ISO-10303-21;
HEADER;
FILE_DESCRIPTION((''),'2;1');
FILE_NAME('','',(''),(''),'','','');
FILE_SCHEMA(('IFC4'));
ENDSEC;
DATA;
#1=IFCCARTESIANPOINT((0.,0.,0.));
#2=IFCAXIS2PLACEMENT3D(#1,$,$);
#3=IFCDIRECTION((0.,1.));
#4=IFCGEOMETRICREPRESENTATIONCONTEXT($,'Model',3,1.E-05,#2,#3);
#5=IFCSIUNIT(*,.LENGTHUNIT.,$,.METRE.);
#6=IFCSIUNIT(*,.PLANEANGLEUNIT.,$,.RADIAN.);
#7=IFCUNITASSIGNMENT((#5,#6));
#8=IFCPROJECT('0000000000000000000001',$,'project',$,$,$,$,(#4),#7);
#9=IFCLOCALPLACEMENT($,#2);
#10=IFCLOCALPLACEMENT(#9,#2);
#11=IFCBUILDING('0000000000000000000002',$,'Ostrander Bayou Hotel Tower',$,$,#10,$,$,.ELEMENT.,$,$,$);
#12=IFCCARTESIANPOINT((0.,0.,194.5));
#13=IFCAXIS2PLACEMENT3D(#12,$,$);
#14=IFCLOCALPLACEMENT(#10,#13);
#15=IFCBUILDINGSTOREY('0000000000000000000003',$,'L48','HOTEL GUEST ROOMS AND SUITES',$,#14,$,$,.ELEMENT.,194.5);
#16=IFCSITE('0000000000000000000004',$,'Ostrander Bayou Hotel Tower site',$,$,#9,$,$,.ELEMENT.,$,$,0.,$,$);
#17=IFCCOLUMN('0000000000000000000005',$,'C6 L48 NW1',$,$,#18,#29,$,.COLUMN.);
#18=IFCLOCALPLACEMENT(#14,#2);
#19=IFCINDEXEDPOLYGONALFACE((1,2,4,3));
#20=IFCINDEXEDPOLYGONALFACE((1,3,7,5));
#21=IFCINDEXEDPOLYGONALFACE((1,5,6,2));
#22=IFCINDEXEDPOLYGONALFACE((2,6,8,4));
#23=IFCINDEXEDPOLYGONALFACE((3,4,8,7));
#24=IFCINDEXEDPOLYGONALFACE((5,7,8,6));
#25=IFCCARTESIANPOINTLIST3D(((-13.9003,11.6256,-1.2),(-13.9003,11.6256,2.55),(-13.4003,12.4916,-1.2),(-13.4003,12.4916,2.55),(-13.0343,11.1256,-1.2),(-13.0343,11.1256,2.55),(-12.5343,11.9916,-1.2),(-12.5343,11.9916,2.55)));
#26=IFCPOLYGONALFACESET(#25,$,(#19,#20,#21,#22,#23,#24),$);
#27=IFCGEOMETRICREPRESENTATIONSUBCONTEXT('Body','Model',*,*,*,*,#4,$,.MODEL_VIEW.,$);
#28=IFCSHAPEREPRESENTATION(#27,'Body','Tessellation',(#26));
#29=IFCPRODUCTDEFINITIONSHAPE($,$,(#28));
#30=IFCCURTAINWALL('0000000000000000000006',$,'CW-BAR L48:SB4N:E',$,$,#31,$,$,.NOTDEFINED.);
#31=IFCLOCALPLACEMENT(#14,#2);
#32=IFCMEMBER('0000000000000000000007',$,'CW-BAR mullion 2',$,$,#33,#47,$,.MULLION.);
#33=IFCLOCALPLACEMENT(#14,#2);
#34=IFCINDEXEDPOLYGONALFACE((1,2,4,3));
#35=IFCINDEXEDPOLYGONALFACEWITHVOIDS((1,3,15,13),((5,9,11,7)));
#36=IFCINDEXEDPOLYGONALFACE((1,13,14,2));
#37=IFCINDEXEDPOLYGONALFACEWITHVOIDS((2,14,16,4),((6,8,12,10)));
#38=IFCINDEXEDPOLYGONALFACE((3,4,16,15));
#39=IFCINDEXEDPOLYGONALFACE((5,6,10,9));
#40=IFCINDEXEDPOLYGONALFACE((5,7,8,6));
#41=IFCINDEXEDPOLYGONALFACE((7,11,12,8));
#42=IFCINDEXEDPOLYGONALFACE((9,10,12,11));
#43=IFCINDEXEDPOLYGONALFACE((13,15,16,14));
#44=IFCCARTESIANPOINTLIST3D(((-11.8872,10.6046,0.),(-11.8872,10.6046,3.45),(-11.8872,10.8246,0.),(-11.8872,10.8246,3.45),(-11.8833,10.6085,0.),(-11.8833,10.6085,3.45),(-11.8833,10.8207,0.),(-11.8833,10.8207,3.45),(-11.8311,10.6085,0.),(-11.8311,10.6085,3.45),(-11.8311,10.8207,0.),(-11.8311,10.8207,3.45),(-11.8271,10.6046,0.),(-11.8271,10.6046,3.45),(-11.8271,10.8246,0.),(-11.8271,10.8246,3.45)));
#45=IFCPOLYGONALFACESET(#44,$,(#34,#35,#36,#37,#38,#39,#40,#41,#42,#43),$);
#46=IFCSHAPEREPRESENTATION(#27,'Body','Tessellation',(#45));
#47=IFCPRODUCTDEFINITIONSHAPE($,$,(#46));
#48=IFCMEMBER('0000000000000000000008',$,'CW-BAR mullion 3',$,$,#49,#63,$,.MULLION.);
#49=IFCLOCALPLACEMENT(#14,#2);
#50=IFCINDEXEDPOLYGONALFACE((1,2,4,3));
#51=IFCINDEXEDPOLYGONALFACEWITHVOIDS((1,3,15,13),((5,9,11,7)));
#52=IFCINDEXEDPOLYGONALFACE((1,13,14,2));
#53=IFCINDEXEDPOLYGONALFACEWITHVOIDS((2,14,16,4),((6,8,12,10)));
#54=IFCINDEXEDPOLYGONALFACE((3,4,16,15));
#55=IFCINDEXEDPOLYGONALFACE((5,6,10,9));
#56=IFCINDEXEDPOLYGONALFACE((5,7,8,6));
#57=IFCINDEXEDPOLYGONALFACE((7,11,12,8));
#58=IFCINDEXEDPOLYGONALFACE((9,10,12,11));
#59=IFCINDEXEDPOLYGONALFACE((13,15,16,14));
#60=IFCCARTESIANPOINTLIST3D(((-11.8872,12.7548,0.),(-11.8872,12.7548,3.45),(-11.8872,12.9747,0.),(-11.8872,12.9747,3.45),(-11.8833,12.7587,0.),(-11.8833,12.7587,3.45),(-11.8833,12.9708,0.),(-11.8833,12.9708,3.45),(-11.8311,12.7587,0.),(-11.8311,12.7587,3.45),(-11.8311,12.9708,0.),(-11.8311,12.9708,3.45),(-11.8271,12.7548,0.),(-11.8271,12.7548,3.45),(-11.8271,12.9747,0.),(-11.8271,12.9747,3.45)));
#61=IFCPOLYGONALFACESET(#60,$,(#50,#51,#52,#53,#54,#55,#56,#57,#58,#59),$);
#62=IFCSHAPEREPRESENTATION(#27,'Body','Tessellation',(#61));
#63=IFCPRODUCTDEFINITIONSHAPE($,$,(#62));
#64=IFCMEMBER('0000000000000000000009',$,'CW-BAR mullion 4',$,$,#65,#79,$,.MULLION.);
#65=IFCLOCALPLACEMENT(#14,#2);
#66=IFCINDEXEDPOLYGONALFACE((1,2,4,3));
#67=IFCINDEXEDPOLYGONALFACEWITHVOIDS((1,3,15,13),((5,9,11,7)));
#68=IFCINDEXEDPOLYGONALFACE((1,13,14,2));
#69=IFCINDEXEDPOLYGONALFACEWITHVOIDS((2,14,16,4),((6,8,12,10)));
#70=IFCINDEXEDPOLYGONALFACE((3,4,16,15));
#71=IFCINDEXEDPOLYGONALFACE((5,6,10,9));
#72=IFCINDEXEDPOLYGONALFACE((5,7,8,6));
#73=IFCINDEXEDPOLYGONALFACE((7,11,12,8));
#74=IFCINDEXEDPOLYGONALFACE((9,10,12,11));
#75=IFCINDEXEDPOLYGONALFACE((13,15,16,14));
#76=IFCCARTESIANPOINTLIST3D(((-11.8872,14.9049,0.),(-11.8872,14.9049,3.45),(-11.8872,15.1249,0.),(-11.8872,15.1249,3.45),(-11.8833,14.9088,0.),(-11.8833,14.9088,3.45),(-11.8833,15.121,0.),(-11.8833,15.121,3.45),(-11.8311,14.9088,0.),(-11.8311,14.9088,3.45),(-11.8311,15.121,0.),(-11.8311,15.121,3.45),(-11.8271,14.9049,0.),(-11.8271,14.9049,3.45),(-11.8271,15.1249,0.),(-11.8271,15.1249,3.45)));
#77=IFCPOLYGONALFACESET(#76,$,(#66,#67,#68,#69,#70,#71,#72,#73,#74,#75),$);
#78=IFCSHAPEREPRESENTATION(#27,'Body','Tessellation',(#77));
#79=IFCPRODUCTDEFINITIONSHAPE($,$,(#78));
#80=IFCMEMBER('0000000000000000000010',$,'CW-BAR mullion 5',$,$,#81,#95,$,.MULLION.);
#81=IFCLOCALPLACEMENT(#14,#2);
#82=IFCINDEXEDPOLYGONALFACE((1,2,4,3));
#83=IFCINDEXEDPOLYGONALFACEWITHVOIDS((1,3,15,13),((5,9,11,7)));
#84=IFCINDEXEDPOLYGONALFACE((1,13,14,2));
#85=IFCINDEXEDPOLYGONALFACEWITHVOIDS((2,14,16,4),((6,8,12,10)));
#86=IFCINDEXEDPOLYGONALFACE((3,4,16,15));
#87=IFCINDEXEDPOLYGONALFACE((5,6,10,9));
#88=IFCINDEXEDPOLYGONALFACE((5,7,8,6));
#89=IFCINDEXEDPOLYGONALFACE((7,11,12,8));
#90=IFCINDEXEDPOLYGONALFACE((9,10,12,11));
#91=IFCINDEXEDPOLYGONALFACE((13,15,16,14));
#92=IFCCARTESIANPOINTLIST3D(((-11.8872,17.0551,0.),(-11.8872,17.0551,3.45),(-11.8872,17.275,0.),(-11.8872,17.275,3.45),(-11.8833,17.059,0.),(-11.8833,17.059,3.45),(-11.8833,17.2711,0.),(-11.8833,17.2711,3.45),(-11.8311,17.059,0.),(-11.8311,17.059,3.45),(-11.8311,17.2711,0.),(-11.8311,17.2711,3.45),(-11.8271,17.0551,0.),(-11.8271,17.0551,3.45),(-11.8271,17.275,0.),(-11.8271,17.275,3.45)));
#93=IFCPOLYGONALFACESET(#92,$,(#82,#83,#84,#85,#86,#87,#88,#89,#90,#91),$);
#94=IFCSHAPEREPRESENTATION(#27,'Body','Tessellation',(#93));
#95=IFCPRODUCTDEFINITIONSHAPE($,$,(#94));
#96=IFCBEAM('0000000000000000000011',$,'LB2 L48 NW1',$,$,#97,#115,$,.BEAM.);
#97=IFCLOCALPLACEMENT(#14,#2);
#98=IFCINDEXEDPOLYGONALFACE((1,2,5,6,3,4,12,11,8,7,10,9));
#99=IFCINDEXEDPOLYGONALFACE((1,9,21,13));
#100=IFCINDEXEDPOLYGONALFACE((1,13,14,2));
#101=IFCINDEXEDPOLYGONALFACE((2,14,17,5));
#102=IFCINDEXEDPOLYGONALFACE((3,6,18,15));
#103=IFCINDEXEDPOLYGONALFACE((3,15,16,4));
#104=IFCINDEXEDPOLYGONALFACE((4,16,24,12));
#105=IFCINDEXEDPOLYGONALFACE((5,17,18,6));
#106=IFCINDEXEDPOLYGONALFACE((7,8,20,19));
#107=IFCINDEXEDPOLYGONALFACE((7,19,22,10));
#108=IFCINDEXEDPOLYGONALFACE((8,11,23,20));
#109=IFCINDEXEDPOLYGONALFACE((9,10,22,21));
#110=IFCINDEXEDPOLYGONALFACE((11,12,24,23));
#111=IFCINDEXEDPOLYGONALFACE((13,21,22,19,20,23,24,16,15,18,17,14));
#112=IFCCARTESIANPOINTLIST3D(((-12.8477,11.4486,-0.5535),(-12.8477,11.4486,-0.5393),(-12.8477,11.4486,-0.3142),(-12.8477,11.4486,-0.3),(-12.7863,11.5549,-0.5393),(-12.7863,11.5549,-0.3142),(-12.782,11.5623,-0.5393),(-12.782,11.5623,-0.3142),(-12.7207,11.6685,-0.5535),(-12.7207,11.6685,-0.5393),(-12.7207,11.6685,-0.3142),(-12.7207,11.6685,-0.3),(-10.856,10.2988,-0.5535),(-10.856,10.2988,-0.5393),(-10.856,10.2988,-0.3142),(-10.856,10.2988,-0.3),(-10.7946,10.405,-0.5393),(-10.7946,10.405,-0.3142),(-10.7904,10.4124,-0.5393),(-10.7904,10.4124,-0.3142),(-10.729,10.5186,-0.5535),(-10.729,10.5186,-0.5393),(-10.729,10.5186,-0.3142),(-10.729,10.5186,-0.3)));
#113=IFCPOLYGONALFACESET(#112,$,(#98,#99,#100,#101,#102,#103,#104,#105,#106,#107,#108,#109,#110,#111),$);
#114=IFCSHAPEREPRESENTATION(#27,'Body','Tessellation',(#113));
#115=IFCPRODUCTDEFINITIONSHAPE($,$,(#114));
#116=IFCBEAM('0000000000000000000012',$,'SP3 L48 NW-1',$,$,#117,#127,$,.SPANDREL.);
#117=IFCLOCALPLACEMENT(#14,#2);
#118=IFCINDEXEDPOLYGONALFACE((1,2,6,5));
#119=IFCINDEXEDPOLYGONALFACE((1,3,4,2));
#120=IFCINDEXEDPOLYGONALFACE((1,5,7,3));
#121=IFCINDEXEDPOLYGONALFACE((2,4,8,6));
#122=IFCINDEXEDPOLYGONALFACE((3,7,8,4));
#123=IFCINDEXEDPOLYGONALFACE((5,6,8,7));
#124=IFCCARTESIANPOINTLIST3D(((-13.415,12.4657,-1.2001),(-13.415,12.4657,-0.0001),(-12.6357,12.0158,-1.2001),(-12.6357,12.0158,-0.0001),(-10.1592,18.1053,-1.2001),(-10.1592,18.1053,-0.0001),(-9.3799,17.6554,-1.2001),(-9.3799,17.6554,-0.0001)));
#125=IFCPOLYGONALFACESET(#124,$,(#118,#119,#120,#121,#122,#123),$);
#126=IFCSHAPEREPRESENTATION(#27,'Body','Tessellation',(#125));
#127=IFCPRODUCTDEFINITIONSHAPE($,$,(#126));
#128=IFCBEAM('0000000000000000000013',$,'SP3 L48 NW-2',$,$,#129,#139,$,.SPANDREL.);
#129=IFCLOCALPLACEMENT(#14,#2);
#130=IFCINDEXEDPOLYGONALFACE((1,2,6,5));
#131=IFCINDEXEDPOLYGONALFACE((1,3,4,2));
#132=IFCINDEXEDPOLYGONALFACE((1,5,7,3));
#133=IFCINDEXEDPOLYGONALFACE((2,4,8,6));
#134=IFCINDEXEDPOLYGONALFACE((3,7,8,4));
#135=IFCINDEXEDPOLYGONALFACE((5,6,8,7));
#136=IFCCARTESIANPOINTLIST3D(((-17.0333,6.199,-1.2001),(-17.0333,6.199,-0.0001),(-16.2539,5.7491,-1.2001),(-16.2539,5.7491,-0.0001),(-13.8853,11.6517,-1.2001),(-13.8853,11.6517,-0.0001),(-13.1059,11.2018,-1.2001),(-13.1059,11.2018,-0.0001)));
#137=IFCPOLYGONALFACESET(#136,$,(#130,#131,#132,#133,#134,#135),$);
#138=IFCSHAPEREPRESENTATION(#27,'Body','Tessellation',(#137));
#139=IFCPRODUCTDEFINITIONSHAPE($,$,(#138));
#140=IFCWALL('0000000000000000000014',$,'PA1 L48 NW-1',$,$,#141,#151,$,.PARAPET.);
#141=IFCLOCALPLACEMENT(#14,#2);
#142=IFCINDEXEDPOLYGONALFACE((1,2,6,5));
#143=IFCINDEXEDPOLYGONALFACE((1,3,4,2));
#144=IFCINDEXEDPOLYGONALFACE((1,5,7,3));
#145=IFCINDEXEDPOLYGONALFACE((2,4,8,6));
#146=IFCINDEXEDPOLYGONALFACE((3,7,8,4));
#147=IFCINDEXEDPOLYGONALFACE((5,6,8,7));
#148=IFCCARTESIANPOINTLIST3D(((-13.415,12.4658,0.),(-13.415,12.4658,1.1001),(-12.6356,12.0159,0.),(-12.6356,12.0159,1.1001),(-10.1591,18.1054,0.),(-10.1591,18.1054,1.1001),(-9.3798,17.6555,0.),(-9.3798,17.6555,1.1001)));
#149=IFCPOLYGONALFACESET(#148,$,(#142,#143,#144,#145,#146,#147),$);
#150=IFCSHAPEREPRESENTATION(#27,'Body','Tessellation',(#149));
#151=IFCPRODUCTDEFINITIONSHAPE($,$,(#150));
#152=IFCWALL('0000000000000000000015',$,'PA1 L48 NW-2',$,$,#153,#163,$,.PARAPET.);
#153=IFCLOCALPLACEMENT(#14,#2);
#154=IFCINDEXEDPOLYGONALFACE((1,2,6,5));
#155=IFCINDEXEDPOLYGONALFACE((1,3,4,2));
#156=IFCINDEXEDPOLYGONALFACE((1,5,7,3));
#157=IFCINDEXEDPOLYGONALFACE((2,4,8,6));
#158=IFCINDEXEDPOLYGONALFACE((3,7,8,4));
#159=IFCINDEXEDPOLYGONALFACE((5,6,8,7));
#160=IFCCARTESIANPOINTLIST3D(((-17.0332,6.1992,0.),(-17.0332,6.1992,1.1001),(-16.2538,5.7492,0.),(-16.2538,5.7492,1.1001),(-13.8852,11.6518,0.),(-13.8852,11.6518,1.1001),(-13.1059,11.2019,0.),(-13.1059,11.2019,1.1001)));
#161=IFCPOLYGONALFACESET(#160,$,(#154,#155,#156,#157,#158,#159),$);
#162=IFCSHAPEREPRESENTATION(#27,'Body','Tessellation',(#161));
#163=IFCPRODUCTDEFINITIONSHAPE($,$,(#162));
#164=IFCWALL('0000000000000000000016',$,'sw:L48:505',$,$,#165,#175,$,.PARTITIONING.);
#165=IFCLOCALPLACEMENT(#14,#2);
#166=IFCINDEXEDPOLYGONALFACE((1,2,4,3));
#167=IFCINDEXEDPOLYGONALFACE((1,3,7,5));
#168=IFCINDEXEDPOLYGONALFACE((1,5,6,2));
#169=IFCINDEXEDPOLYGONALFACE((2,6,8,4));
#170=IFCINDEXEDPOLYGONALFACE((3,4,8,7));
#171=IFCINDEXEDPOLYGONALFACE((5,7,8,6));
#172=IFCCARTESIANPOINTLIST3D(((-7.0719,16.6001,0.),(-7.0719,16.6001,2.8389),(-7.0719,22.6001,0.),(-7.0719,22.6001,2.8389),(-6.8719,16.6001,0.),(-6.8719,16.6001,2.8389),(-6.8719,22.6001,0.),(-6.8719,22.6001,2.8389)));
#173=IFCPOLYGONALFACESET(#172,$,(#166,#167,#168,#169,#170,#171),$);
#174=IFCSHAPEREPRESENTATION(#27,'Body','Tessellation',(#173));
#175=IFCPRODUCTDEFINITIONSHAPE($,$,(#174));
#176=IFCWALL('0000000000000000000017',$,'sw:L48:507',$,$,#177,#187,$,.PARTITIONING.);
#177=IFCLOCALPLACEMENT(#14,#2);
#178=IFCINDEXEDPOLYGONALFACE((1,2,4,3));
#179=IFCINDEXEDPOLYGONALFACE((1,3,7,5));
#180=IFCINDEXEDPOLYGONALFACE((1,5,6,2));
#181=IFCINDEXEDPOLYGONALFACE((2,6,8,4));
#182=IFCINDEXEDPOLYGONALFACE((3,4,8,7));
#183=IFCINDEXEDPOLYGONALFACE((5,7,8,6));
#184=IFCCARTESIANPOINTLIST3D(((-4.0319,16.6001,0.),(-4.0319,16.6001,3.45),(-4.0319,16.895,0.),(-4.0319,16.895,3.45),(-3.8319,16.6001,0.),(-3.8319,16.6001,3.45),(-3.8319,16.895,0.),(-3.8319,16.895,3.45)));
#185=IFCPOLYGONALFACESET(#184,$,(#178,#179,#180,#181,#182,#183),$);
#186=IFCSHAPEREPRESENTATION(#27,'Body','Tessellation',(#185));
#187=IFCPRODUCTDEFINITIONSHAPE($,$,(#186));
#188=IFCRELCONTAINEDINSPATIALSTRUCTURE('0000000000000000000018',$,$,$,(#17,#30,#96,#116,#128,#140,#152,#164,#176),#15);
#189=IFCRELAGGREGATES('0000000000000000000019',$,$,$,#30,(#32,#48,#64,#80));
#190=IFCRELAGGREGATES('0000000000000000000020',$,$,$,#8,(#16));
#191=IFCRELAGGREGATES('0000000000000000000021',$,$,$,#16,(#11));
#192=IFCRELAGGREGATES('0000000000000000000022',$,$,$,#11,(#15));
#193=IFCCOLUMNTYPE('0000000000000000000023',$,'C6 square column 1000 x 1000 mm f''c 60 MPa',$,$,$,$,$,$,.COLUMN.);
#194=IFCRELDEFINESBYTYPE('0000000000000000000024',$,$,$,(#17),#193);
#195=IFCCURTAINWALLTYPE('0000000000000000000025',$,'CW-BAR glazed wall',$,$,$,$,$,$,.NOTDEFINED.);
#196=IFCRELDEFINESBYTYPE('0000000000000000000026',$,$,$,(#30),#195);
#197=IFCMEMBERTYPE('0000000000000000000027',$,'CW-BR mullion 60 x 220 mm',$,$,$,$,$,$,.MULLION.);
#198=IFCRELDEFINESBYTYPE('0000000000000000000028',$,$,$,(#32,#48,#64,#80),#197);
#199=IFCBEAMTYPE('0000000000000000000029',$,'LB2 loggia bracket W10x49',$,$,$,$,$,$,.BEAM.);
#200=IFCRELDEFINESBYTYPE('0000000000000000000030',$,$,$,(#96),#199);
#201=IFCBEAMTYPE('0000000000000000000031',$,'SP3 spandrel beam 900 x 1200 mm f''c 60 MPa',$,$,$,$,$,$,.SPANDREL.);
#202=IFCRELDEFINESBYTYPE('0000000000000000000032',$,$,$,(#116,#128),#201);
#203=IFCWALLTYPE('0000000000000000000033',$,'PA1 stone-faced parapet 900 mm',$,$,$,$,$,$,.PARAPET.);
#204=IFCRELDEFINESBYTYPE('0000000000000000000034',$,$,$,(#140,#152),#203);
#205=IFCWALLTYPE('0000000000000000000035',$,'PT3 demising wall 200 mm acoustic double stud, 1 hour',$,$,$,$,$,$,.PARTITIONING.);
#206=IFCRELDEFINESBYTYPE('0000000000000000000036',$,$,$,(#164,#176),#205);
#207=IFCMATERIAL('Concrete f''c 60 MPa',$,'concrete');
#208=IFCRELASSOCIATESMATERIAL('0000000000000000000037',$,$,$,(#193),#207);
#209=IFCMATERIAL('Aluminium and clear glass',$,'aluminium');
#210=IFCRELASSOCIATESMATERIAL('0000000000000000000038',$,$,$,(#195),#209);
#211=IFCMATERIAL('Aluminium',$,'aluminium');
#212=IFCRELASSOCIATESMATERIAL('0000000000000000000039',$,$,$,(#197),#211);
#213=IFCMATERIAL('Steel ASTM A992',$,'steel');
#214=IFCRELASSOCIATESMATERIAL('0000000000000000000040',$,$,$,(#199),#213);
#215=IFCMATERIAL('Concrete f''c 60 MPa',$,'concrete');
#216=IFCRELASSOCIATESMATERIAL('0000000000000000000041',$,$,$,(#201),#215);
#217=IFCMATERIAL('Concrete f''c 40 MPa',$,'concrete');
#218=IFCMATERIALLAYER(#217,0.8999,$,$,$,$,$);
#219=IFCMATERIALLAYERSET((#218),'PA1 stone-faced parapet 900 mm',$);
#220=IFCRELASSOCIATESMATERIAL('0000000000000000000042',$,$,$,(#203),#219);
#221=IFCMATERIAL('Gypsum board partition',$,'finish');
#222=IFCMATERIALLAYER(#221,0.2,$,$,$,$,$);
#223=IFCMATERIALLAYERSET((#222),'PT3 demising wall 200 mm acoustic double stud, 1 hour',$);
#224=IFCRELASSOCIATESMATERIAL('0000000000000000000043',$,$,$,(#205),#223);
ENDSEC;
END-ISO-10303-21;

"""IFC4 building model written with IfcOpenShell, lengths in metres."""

from ifc_helpers import new_model, si_unit, direction, frame, frame_2d, origin, origin_2d, place, context, subcontext, project, spatial, rectangle, hollow_rectangle, i_section, extrude, material, layer, layer_set, material_profile, profile_set, type_object, element, aggregate, save


model = new_model("IFC4")

# Units and contexts
model_context = context("Model", 3, precision=1e-05, world=origin(), true_north=direction((0.0, 1.0)))
body_context = subcontext(model_context, "Body", "Model", "MODEL_VIEW")
ifc_project = project(units=[si_unit("LENGTHUNIT", "METRE"), si_unit("PLANEANGLEUNIT", "RADIAN")], contexts=[model_context])

# Site, building, storey
site_placement = place(None, origin())
site = spatial("IfcSite", under=ifc_project, at=site_placement, Name="Ostrander Bayou Hotel Tower site", CompositionType="ELEMENT", RefElevation=0.0)
building_placement = place(site_placement, origin())
building = spatial("IfcBuilding", under=site, at=building_placement, Name="Ostrander Bayou Hotel Tower", CompositionType="ELEMENT")
storey_placement = place(building_placement, frame((0.0, 0.0, 194.5)))
storey = spatial("IfcBuildingStorey", under=building, at=storey_placement, Name="L48", Description="HOTEL GUEST ROOMS AND SUITES", CompositionType="ELEMENT", Elevation=194.5)

# Column
ifc_material_1 = material(Name="Concrete f'c 60 MPa", Category="concrete")
ifc_material_profile_1 = material_profile(ifc_material_1, rectangle(XDim=1.0, YDim=1.0, at=origin_2d()))
ifc_profile_set_1 = profile_set([ifc_material_profile_1], Name="Concrete f'c 60 MPa")
column_type = type_object("IfcColumnType", Name="C6 square column 1000 x 1000 mm f'c 60 MPa", PredefinedType="COLUMN", material=ifc_profile_set_1)
column_placement = place(storey_placement, frame((-13.2173, 11.8086, -1.2), z_axis=(0.0, 0.0, 1.0), x_axis=(0.5, 0.866025, 0.0)))
element("IfcColumn", 1, at=column_placement, inside=storey, type_object=column_type, Name="C6 L48 NW1", PredefinedType="COLUMN", context=body_context, shape_type="SweptSolid", body=[
    extrude(rectangle(XDim=1.0, YDim=1.0, at=origin_2d()), origin(), (0.0, 0.0, 1.0), 3.75),
])

# Curtain wall, members
ifc_material_2 = material(Name="Aluminium and clear glass", Category="aluminium")
curtain_wall_type = type_object("IfcCurtainWallType", Name="CW-BAR glazed wall", PredefinedType="NOTDEFINED", material=ifc_material_2)
curtain_wall_placement = place(storey_placement, origin())
curtain_wall = element("IfcCurtainWall", 2, at=curtain_wall_placement, inside=storey, type_object=curtain_wall_type, Name="CW-BAR L48:SB4N:E", PredefinedType="NOTDEFINED")
ifc_material_3 = material(Name="Aluminium", Category="aluminium")
ifc_material_profile_2 = material_profile(ifc_material_3, hollow_rectangle(XDim=0.0601, YDim=0.22, WallThickness=0.0039, at=origin_2d()))
ifc_profile_set_2 = profile_set([ifc_material_profile_2], Name="Aluminium")
member_type = type_object("IfcMemberType", Name="CW-BR mullion 60 x 220 mm", PredefinedType="MULLION", material=ifc_profile_set_2)
member_1_placement = place(storey_placement, frame((-11.8572, 10.7146, 0.0), z_axis=(0.0, 0.0, 1.0), x_axis=(-1.0, 0.0, 0.0)))
member_1 = element("IfcMember", 3, at=member_1_placement, type_object=member_type, Name="CW-BAR mullion 2", PredefinedType="MULLION", context=body_context, shape_type="SweptSolid", body=[
    extrude(hollow_rectangle(XDim=0.0601, YDim=0.22, WallThickness=0.0039, at=origin_2d()), origin(), (0.0, 0.0, 1.0), 3.45),
])
member_2_placement = place(storey_placement, frame((-11.8572, 12.8647, 0.0), z_axis=(0.0, 0.0, 1.0), x_axis=(-1.0, 0.0, 0.0)))
member_2 = element("IfcMember", 4, at=member_2_placement, type_object=member_type, Name="CW-BAR mullion 3", PredefinedType="MULLION", context=body_context, shape_type="SweptSolid", body=[
    extrude(hollow_rectangle(XDim=0.0601, YDim=0.22, WallThickness=0.0039, at=origin_2d()), origin(), (0.0, 0.0, 1.0), 3.45),
])
member_3_placement = place(storey_placement, frame((-11.8572, 15.0149, 0.0), z_axis=(0.0, 0.0, 1.0), x_axis=(-1.0, 0.0, 0.0)))
member_3 = element("IfcMember", 5, at=member_3_placement, type_object=member_type, Name="CW-BAR mullion 4", PredefinedType="MULLION", context=body_context, shape_type="SweptSolid", body=[
    extrude(hollow_rectangle(XDim=0.0601, YDim=0.22, WallThickness=0.0039, at=origin_2d()), origin(), (0.0, 0.0, 1.0), 3.45),
])
member_4_placement = place(storey_placement, frame((-11.8572, 17.165, 0.0), z_axis=(0.0, 0.0, 1.0), x_axis=(-1.0, 0.0, 0.0)))
member_4 = element("IfcMember", 6, at=member_4_placement, type_object=member_type, Name="CW-BAR mullion 5", PredefinedType="MULLION", context=body_context, shape_type="SweptSolid", body=[
    extrude(hollow_rectangle(XDim=0.0601, YDim=0.22, WallThickness=0.0039, at=origin_2d()), origin(), (0.0, 0.0, 1.0), 3.45),
])
aggregate(curtain_wall, [member_1, member_2, member_3, member_4])

# Beams
ifc_material_4 = material(Name="Steel ASTM A992", Category="steel")
ifc_material_profile_3 = material_profile(ifc_material_4, i_section(OverallWidth=0.2539, OverallDepth=0.2534, WebThickness=0.0085, FlangeThickness=0.0142, at=origin_2d()))
ifc_profile_set_3 = profile_set([ifc_material_profile_3], Name="Steel ASTM A992")
beam_type_1 = type_object("IfcBeamType", Name="LB2 loggia bracket W10x49", PredefinedType="BEAM", material=ifc_profile_set_3)
beam_1_placement = place(storey_placement, frame((-12.7842, 11.5586, -0.4268), z_axis=(0.866026, -0.499998, 0.0), x_axis=(0.499998, 0.866026, 0.0)))
element("IfcBeam", 7, at=beam_1_placement, inside=storey, type_object=beam_type_1, Name="LB2 L48 NW1", PredefinedType="BEAM", context=body_context, shape_type="SweptSolid", body=[
    extrude(i_section(OverallWidth=0.2539, OverallDepth=0.2534, WebThickness=0.0085, FlangeThickness=0.0142, at=origin_2d()), origin(), (0.0, 0.0, 1.0), 2.2998),
])
ifc_material_5 = material(Name="Concrete f'c 60 MPa", Category="concrete")
ifc_material_profile_4 = material_profile(ifc_material_5, rectangle(XDim=0.8999, YDim=1.2, at=origin_2d()))
ifc_profile_set_4 = profile_set([ifc_material_profile_4], Name="Concrete f'c 60 MPa")
beam_type_2 = type_object("IfcBeamType", Name="SP3 spandrel beam 900 x 1200 mm f'c 60 MPa", PredefinedType="SPANDREL", material=ifc_profile_set_4)
beam_2_placement = place(storey_placement, frame((-9.7695, 17.8804, -0.6001), z_axis=(-0.499978, -0.866038, 0.0), x_axis=(0.866038, -0.499978, 0.0)))
element("IfcBeam", 8, at=beam_2_placement, inside=storey, type_object=beam_type_2, Name="SP3 L48 NW-1", PredefinedType="SPANDREL", context=body_context, shape_type="SweptSolid", body=[
    extrude(rectangle(XDim=0.8999, YDim=1.2, at=origin_2d()), origin(), (0.0, 0.0, 1.0), 6.512),
])
beam_3_placement = place(storey_placement, frame((-13.4956, 11.4268, -0.6001), z_axis=(-0.499984, -0.866034, 0.0), x_axis=(0.866034, -0.499984, 0.0)))
element("IfcBeam", 9, at=beam_3_placement, inside=storey, type_object=beam_type_2, Name="SP3 L48 NW-2", PredefinedType="SPANDREL", context=body_context, shape_type="SweptSolid", body=[
    extrude(rectangle(XDim=0.8999, YDim=1.2, at=origin_2d()), origin(), (0.0, 0.0, 1.0), 6.2961),
])

# Walls
ifc_material_6 = material(Name="Concrete f'c 40 MPa", Category="concrete")
ifc_layer_1 = layer(ifc_material_6, 0.8999)
ifc_layer_set_1 = layer_set([ifc_layer_1], Name="PA1 stone-faced parapet 900 mm")
wall_type_1 = type_object("IfcWallType", Name="PA1 stone-faced parapet 900 mm", PredefinedType="PARAPET", material=ifc_layer_set_1)
wall_1_placement = place(storey_placement, frame((-9.7695, 17.8804, 0.0), z_axis=(0.0, 0.0, 1.0), x_axis=(-0.499978, -0.866038, 0.0)))
element("IfcWall", 10, at=wall_1_placement, inside=storey, type_object=wall_type_1, Name="PA1 L48 NW-1", PredefinedType="PARAPET", context=body_context, shape_type="SweptSolid", body=[
    extrude(rectangle(XDim=6.512, YDim=0.8999, at=frame_2d((3.2559, 0.0))), origin(), (0.0, 0.0, 1.0), 1.1001),
])
wall_2_placement = place(storey_placement, frame((-13.4956, 11.4268, 0.0), z_axis=(0.0, 0.0, 1.0), x_axis=(-0.499984, -0.866034, 0.0)))
element("IfcWall", 11, at=wall_2_placement, inside=storey, type_object=wall_type_1, Name="PA1 L48 NW-2", PredefinedType="PARAPET", context=body_context, shape_type="SweptSolid", body=[
    extrude(rectangle(XDim=6.2961, YDim=0.8999, at=frame_2d((3.1479, 0.0))), origin(), (0.0, 0.0, 1.0), 1.1001),
])
ifc_material_7 = material(Name="Gypsum board partition", Category="finish")
ifc_layer_2 = layer(ifc_material_7, 0.2)
ifc_layer_set_2 = layer_set([ifc_layer_2], Name="PT3 demising wall 200 mm acoustic double stud, 1 hour")
wall_type_2 = type_object("IfcWallType", Name="PT3 demising wall 200 mm acoustic double stud, 1 hour", PredefinedType="PARTITIONING", material=ifc_layer_set_2)
wall_3_placement = place(storey_placement, frame((-6.9719, 16.6001, 0.0), z_axis=(0.0, 0.0, 1.0), x_axis=(0.0, 1.0, 0.0)))
element("IfcWall", 12, at=wall_3_placement, inside=storey, type_object=wall_type_2, Name="sw:L48:505", PredefinedType="PARTITIONING", context=body_context, shape_type="SweptSolid", body=[
    extrude(rectangle(XDim=6.0, YDim=0.2, at=frame_2d((3.0, 0.0))), origin(), (0.0, 0.0, 1.0), 2.8389),
])
wall_4_placement = place(storey_placement, frame((-3.9319, 16.6001, 0.0), z_axis=(0.0, 0.0, 1.0), x_axis=(0.0, 1.0, 0.0)))
element("IfcWall", 13, at=wall_4_placement, inside=storey, type_object=wall_type_2, Name="sw:L48:507", PredefinedType="PARTITIONING", context=body_context, shape_type="SweptSolid", body=[
    extrude(rectangle(XDim=0.2949, YDim=0.2, at=frame_2d((0.1475, 0.0))), origin(), (0.0, 0.0, 1.0), 3.45),
])

save(model, "model.ifc")
